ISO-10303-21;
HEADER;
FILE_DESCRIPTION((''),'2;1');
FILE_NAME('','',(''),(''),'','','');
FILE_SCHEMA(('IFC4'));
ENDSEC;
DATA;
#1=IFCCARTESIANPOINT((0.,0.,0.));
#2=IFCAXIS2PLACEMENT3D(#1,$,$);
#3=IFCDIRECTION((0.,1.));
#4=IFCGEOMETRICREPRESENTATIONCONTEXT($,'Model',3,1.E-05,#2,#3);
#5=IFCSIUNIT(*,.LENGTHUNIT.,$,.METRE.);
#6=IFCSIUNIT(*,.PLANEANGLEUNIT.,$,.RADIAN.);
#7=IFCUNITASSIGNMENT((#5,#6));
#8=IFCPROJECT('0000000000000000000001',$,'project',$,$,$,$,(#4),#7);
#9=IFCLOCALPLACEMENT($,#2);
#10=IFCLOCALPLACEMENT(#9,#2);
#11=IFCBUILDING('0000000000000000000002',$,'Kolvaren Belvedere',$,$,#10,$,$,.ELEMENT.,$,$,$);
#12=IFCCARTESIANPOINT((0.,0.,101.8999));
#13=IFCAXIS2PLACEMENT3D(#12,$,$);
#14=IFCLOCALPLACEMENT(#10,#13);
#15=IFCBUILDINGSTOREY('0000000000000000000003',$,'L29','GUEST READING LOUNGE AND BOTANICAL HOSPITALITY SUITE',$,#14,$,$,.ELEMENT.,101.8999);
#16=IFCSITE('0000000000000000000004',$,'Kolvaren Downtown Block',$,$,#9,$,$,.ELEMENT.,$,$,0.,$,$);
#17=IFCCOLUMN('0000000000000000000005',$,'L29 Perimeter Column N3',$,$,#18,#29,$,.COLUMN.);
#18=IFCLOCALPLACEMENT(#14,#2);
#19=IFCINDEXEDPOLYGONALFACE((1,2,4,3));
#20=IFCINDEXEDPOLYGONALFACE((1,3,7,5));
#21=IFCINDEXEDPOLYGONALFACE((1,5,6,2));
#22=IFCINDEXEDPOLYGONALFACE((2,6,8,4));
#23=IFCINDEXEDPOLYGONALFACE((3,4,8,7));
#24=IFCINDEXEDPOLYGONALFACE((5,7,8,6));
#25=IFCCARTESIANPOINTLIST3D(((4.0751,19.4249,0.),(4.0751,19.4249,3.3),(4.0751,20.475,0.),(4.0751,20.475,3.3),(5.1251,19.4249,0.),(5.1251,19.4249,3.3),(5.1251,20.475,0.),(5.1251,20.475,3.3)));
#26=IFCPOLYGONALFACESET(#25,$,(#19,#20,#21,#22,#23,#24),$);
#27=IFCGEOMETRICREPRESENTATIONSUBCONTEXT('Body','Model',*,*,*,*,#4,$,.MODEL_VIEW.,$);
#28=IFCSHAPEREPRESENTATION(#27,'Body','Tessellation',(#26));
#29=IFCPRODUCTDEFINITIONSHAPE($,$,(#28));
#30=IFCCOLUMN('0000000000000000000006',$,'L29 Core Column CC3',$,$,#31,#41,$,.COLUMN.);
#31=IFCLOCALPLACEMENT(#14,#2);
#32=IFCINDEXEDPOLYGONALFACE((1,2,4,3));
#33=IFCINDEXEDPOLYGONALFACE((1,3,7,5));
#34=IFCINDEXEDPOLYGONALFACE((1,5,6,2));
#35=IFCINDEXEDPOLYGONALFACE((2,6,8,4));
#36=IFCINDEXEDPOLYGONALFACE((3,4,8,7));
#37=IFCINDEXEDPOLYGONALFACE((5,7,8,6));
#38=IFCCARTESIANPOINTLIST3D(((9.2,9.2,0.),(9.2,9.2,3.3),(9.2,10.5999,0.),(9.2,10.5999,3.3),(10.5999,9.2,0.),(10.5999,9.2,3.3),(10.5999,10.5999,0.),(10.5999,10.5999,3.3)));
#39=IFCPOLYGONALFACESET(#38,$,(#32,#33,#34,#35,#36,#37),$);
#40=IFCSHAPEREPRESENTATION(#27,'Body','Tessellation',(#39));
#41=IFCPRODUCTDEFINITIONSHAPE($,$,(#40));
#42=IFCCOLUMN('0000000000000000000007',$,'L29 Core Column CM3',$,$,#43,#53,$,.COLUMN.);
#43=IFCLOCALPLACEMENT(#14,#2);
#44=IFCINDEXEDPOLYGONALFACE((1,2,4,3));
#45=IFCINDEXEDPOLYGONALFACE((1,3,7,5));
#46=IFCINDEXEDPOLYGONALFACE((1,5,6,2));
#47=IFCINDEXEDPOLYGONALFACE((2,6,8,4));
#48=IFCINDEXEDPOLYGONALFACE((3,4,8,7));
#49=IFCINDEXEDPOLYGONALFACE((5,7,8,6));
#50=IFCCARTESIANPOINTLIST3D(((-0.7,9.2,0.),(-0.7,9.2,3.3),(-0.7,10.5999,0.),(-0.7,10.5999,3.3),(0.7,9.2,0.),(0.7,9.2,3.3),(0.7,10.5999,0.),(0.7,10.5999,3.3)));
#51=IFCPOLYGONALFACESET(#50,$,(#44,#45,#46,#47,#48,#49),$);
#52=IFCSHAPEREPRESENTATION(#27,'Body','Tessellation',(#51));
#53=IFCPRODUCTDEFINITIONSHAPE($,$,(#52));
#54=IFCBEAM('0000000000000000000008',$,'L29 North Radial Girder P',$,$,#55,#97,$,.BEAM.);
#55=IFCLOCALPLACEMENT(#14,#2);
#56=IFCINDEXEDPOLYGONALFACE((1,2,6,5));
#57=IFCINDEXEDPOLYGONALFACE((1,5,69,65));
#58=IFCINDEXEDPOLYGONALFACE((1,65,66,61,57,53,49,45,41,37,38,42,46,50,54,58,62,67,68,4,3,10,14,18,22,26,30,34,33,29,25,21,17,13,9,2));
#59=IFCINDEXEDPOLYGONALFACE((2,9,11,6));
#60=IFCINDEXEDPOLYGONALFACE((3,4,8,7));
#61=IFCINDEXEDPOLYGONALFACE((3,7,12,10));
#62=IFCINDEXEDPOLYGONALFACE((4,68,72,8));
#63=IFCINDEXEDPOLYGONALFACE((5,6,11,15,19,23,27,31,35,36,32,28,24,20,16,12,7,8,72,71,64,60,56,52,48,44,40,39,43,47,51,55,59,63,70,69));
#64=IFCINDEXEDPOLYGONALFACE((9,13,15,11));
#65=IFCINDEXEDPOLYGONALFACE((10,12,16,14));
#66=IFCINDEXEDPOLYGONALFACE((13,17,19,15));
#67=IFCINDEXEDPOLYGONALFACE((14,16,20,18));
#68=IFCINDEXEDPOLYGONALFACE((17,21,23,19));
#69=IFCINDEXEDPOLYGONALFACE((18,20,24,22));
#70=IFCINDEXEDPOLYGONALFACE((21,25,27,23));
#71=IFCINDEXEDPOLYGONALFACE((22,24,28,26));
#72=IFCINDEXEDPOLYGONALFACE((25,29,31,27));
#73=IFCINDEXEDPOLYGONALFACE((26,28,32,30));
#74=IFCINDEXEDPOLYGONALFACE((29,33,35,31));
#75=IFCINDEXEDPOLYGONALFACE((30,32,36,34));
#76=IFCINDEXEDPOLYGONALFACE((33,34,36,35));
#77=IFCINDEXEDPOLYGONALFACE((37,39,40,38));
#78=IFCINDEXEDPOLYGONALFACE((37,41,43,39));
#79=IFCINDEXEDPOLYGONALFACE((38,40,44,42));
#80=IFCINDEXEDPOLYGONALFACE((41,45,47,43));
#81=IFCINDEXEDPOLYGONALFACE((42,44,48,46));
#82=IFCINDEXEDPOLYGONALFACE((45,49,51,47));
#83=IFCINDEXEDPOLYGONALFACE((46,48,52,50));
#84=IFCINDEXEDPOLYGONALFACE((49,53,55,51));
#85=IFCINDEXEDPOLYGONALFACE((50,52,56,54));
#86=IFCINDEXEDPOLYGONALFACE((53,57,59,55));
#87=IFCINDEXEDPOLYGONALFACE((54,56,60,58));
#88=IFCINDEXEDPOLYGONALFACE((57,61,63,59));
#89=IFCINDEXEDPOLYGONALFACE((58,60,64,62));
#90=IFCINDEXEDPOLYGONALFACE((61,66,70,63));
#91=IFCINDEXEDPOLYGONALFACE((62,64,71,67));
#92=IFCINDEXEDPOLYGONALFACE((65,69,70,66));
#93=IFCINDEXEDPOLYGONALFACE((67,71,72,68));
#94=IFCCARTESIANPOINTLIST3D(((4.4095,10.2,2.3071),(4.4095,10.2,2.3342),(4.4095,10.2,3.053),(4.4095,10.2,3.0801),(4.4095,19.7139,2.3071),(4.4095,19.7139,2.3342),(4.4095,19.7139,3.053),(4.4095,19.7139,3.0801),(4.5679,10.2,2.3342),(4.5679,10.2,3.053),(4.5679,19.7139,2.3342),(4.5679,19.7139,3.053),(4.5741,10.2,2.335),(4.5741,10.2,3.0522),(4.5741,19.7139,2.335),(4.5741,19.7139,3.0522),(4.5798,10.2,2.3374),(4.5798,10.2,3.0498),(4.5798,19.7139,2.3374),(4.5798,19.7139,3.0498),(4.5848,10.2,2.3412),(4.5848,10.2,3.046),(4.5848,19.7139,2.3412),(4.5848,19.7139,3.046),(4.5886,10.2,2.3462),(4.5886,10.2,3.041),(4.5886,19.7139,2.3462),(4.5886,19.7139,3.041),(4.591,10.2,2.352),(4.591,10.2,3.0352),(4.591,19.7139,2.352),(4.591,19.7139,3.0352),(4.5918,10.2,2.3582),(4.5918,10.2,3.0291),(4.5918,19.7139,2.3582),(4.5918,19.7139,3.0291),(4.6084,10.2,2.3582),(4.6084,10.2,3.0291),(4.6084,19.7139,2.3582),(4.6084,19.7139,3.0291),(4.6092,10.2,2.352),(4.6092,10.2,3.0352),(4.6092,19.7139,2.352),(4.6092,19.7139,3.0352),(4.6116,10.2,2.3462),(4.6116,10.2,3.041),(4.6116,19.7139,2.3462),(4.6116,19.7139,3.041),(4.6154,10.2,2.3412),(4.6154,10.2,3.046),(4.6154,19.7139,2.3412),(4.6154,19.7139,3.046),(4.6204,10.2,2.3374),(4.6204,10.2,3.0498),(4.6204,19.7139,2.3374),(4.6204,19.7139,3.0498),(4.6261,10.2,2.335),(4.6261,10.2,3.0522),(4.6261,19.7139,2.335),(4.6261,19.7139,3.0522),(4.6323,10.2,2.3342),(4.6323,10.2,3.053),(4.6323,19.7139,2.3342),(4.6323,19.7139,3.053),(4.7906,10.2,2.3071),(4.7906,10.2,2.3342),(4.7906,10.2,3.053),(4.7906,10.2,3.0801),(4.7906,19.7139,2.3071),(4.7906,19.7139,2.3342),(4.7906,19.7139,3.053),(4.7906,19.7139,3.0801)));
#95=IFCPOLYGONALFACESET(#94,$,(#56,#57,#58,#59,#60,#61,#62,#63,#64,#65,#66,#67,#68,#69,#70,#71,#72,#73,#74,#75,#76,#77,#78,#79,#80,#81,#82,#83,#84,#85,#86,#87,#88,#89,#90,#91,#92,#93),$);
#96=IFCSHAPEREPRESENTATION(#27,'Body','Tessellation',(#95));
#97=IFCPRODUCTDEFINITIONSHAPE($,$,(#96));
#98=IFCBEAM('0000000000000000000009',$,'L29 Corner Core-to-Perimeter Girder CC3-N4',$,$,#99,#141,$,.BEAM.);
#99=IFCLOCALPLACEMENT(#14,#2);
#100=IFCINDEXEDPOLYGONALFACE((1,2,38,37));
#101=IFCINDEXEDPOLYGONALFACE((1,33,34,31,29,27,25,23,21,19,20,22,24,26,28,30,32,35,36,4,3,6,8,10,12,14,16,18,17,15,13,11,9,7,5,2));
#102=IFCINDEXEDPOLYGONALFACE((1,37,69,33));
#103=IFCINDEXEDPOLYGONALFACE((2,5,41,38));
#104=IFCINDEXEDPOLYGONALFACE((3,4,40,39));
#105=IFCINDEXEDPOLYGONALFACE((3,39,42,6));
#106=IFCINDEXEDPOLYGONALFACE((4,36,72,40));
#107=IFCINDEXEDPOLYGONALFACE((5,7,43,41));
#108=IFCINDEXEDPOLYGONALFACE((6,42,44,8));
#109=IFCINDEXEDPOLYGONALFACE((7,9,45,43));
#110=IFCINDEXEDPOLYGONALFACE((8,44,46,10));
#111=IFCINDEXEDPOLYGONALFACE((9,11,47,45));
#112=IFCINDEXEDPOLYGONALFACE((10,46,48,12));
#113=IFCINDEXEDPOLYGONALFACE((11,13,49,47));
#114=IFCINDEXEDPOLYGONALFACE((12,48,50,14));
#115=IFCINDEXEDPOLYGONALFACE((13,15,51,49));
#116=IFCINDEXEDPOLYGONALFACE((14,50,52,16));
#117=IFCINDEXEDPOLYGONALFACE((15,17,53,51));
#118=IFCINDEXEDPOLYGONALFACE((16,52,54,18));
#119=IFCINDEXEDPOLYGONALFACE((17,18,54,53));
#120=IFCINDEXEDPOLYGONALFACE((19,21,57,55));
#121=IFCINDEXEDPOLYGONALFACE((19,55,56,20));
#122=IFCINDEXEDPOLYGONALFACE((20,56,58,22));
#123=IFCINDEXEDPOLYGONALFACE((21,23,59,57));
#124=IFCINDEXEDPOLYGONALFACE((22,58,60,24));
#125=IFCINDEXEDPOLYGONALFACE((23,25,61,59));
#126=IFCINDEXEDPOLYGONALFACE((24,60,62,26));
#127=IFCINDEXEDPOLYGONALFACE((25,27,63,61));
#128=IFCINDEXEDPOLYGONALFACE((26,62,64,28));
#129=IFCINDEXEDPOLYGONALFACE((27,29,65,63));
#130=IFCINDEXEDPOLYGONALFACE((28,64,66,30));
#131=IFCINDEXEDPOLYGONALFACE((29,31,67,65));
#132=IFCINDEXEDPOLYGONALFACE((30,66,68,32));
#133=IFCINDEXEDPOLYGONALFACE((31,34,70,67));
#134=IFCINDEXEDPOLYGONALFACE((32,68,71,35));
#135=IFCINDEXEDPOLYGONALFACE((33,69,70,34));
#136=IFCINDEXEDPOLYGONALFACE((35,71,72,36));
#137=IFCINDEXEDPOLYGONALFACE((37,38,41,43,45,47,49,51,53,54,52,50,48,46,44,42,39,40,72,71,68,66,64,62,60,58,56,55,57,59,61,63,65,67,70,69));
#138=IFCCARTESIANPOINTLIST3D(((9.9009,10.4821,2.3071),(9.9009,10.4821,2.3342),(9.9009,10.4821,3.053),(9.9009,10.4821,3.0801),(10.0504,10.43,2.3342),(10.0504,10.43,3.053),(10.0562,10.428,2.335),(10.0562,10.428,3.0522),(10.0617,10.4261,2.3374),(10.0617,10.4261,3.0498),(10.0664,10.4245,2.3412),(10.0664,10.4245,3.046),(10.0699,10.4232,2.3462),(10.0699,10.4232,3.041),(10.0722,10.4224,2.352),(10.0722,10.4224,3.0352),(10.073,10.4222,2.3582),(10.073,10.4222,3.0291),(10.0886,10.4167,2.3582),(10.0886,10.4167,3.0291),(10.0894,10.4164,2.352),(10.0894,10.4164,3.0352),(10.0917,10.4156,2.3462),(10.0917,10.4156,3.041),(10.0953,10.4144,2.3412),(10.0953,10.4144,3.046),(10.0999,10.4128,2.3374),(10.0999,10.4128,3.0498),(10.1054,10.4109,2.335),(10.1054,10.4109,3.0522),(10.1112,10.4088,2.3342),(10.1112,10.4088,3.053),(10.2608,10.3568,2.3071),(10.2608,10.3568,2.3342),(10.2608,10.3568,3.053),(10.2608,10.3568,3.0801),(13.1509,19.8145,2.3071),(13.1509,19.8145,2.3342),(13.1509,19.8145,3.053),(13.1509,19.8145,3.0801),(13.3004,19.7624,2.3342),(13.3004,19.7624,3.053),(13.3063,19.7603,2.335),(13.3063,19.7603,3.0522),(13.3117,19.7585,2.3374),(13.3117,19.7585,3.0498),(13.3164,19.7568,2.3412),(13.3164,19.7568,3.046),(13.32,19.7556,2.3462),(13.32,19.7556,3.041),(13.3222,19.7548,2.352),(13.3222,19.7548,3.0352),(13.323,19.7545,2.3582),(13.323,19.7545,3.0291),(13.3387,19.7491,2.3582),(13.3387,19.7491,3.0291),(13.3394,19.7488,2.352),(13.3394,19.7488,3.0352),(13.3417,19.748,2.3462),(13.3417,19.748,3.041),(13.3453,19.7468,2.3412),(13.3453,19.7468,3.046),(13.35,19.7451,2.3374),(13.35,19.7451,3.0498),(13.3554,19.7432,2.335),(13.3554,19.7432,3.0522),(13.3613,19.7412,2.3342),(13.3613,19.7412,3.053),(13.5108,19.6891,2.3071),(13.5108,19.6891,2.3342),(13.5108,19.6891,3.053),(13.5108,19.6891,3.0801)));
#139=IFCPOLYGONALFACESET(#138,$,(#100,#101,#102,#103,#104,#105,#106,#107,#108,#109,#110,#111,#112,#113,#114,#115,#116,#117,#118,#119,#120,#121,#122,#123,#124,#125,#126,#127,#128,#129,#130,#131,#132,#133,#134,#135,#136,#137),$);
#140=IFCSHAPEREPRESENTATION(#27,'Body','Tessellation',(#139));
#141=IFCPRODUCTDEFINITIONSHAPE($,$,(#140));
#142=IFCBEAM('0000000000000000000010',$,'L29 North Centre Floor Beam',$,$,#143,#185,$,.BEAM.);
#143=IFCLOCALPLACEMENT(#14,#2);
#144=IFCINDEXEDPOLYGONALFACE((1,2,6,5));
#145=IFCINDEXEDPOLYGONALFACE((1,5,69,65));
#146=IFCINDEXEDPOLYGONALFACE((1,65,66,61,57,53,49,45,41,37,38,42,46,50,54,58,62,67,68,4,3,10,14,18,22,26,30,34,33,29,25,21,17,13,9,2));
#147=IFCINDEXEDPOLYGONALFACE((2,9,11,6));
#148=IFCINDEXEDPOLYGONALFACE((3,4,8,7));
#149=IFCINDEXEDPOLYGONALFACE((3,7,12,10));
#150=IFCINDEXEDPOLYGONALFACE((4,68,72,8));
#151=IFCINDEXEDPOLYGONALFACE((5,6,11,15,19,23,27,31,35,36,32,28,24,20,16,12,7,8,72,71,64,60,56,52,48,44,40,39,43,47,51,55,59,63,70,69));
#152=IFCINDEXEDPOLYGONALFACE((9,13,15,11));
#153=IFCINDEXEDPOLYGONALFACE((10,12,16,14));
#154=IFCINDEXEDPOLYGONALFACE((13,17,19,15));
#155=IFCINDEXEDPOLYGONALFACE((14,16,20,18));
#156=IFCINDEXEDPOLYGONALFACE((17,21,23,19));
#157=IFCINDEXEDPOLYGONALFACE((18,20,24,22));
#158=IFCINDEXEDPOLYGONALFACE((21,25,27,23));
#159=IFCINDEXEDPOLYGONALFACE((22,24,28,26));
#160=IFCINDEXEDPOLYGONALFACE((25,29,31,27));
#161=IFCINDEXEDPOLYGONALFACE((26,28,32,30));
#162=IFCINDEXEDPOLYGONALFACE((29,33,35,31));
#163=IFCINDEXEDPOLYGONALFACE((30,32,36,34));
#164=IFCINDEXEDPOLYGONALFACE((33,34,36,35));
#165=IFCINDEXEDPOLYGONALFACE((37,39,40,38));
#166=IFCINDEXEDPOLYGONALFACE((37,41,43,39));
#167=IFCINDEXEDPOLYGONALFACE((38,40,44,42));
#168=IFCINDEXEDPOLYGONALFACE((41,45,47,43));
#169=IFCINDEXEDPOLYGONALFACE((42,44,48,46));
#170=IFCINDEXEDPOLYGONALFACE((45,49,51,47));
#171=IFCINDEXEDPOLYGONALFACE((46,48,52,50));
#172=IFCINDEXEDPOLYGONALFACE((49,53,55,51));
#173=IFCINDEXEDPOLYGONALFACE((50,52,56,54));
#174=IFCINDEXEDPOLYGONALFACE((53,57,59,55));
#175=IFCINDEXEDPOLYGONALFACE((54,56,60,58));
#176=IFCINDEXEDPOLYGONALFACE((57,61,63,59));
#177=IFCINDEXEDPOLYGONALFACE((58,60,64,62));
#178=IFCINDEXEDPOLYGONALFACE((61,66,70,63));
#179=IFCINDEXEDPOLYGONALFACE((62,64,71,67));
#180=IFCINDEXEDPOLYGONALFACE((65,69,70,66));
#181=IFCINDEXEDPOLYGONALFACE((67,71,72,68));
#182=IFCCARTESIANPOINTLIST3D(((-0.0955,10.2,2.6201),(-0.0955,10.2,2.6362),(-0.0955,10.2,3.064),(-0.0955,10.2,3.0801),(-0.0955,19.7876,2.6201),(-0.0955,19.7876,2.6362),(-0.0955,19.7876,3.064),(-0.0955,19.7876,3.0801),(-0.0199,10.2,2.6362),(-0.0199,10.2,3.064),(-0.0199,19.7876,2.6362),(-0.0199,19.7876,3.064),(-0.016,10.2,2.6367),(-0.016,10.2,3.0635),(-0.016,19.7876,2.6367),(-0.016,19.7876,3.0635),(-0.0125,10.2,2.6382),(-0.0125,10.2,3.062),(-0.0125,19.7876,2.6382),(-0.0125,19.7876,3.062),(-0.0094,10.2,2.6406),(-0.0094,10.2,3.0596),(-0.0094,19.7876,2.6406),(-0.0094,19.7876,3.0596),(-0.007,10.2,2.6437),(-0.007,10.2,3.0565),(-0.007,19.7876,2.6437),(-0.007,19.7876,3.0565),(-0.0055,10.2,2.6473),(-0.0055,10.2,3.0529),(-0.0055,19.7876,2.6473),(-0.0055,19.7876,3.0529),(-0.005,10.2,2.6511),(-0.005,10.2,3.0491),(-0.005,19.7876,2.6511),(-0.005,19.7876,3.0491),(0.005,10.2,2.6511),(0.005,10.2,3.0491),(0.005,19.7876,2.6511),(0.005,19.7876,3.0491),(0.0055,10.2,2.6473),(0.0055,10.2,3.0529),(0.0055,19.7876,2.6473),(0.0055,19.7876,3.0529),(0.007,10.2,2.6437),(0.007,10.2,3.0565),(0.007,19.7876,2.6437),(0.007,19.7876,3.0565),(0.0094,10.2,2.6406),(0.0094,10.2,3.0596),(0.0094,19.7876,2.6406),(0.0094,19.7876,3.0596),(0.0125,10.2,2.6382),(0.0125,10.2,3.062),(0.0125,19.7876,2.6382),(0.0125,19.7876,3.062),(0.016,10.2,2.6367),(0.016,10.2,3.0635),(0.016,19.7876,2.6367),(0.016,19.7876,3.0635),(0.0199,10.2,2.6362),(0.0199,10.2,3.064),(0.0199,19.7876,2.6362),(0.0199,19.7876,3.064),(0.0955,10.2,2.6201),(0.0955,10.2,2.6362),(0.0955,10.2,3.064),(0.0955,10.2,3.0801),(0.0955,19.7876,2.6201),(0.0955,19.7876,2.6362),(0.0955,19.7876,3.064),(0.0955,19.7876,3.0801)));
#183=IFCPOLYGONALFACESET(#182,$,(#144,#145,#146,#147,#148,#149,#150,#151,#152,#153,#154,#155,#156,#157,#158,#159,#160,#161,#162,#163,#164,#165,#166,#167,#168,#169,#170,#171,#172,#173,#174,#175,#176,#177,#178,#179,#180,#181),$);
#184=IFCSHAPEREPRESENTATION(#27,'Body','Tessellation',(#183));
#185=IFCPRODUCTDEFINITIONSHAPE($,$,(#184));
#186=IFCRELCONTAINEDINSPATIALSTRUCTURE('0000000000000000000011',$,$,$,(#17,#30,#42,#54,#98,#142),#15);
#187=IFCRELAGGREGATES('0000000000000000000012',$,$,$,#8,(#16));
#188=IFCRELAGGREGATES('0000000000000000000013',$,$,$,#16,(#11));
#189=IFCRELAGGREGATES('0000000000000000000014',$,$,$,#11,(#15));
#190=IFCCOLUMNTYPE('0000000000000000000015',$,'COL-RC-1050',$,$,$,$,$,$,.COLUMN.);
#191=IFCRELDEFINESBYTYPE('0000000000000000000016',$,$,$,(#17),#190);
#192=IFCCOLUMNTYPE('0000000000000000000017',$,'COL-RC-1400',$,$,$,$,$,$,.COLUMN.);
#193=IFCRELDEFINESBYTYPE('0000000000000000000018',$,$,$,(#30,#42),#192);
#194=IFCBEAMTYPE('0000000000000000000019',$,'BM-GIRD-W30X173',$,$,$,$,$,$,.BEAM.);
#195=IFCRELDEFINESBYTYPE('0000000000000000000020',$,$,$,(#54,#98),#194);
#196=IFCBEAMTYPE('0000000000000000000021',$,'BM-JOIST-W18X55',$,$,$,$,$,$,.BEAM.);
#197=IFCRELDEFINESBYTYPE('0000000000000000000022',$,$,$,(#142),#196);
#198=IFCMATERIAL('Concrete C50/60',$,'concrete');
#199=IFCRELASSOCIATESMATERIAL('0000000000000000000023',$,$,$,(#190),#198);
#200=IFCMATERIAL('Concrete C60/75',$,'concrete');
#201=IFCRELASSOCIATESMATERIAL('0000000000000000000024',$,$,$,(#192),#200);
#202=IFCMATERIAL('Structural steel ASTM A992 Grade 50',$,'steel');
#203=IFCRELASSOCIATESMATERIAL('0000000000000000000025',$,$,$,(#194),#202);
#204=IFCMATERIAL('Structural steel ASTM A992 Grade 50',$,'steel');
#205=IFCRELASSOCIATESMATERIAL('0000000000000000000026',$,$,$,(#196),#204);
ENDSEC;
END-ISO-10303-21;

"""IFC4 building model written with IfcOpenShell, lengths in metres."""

from ifc_helpers import new_model, si_unit, direction, frame, origin, origin_2d, place, context, subcontext, project, spatial, rectangle, i_section, extrude, material, material_profile, profile_set, type_object, element, save


model = new_model("IFC4")

# Units and contexts
model_context = context("Model", 3, precision=1e-05, world=origin(), true_north=direction((0.0, 1.0)))
body_context = subcontext(model_context, "Body", "Model", "MODEL_VIEW")
ifc_project = project(units=[si_unit("LENGTHUNIT", "METRE"), si_unit("PLANEANGLEUNIT", "RADIAN")], contexts=[model_context])

# Site, building, storey
site_placement = place(None, origin())
site = spatial("IfcSite", under=ifc_project, at=site_placement, Name="Kolvaren Downtown Block", CompositionType="ELEMENT", RefElevation=0.0)
building_placement = place(site_placement, origin())
building = spatial("IfcBuilding", under=site, at=building_placement, Name="Kolvaren Belvedere", CompositionType="ELEMENT")
storey_placement = place(building_placement, frame((0.0, 0.0, 101.8999)))
storey = spatial("IfcBuildingStorey", under=building, at=storey_placement, Name="L29", Description="GUEST READING LOUNGE AND BOTANICAL HOSPITALITY SUITE", CompositionType="ELEMENT", Elevation=101.8999)

# Columns
ifc_material_1 = material(Name="Concrete C50/60", Category="concrete")
ifc_material_profile_1 = material_profile(ifc_material_1, rectangle(XDim=1.05, YDim=1.05, at=origin_2d()), Name="RC 1050X1050")
ifc_profile_set_1 = profile_set([ifc_material_profile_1], Name="Concrete C50/60")
column_type_1 = type_object("IfcColumnType", Name="COL-RC-1050", PredefinedType="COLUMN", material=ifc_profile_set_1)
column_placement = place(storey_placement, frame((4.6001, 19.95, 0.0), z_axis=(0.0, 0.0, 1.0), x_axis=(1.0, 0.0, 0.0)))
element("IfcColumn", 1, at=column_placement, inside=storey, type_object=column_type_1, Name="L29 Perimeter Column N3", PredefinedType="COLUMN", context=body_context, shape_type="SweptSolid", body=[
    extrude(rectangle(XDim=1.05, YDim=1.05, at=origin_2d()), origin(), (0.0, 0.0, 1.0), 3.3),
])
ifc_material_2 = material(Name="Concrete C60/75", Category="concrete")
ifc_material_profile_2 = material_profile(ifc_material_2, rectangle(XDim=1.3999, YDim=1.3999, at=origin_2d()), Name="RC 1400X1400")
ifc_profile_set_2 = profile_set([ifc_material_profile_2], Name="Concrete C60/75")
column_type_2 = type_object("IfcColumnType", Name="COL-RC-1400", PredefinedType="COLUMN", material=ifc_profile_set_2)
for number, where, z_axis, x_axis, name in (
    (2, (9.8999, 9.8999, 0.0), (0.0, 0.0, 1.0), (1.0, 0.0, 0.0), "L29 Core Column CC3"),
    (3, (0.0, 9.8999, 0.0), (0.0, 0.0, 1.0), (1.0, 0.0, 0.0), "L29 Core Column CM3"),
):
    element("IfcColumn", number, at=place(storey_placement, frame(where, z_axis=z_axis, x_axis=x_axis)), inside=storey, type_object=column_type_2, Name=name, PredefinedType="COLUMN", context=body_context, shape_type="SweptSolid", body=[
        extrude(rectangle(XDim=1.3999, YDim=1.3999, at=origin_2d()), origin(), (0.0, 0.0, 1.0), 3.3),
    ])

# Beams
ifc_material_3 = material(Name="Structural steel ASTM A992 Grade 50", Category="steel")
ifc_material_profile_3 = material_profile(ifc_material_3, i_section(OverallWidth=0.3811, OverallDepth=0.7729, WebThickness=0.0166, FlangeThickness=0.0271, FilletRadius=0.0239, at=origin_2d()), Name="W30X173")
ifc_profile_set_3 = profile_set([ifc_material_profile_3], Name="Structural steel ASTM A992 Grade 50")
beam_type_1 = type_object("IfcBeamType", Name="BM-GIRD-W30X173", PredefinedType="BEAM", material=ifc_profile_set_3)
beam_1_placement = place(storey_placement, frame((4.6001, 10.2, 2.6936), z_axis=(0.0, 1.0, 0.0), x_axis=(-1.0, 0.0, 0.0)))
element("IfcBeam", 4, at=beam_1_placement, inside=storey, type_object=beam_type_1, Name="L29 North Radial Girder P", PredefinedType="BEAM", context=body_context, shape_type="SweptSolid", body=[
    extrude(i_section(OverallWidth=0.3811, OverallDepth=0.7729, WebThickness=0.0166, FlangeThickness=0.0271, FilletRadius=0.0239, at=origin_2d()), origin(), (0.0, 0.0, 1.0), 9.5139),
])
beam_2_placement = place(storey_placement, frame((10.0808, 10.4194, 2.6936), z_axis=(0.328881, 0.944371, 0.0), x_axis=(-0.944371, 0.328881, 0.0)))
element("IfcBeam", 5, at=beam_2_placement, inside=storey, type_object=beam_type_1, Name="L29 Corner Core-to-Perimeter Girder CC3-N4", PredefinedType="BEAM", context=body_context, shape_type="SweptSolid", body=[
    extrude(i_section(OverallWidth=0.3811, OverallDepth=0.7729, WebThickness=0.0166, FlangeThickness=0.0271, FilletRadius=0.0239, at=origin_2d()), origin(), (0.0, 0.0, 1.0), 9.8821),
])
ifc_material_4 = material(Name="Structural steel ASTM A992 Grade 50", Category="steel")
ifc_material_profile_4 = material_profile(ifc_material_4, i_section(OverallWidth=0.1909, OverallDepth=0.46, WebThickness=0.01, FlangeThickness=0.0161, FilletRadius=0.0149, at=origin_2d()), Name="W18X55")
ifc_profile_set_4 = profile_set([ifc_material_profile_4], Name="Structural steel ASTM A992 Grade 50")
beam_type_2 = type_object("IfcBeamType", Name="BM-JOIST-W18X55", PredefinedType="BEAM", material=ifc_profile_set_4)
beam_3_placement = place(storey_placement, frame((0.0, 10.2, 2.8501), z_axis=(0.0, 1.0, 0.0), x_axis=(-1.0, 0.0, 0.0)))
element("IfcBeam", 6, at=beam_3_placement, inside=storey, type_object=beam_type_2, Name="L29 North Centre Floor Beam", PredefinedType="BEAM", context=body_context, shape_type="SweptSolid", body=[
    extrude(i_section(OverallWidth=0.1909, OverallDepth=0.46, WebThickness=0.01, FlangeThickness=0.0161, FilletRadius=0.0149, at=origin_2d()), origin(), (0.0, 0.0, 1.0), 9.5876),
])

save(model, "model.ifc")
